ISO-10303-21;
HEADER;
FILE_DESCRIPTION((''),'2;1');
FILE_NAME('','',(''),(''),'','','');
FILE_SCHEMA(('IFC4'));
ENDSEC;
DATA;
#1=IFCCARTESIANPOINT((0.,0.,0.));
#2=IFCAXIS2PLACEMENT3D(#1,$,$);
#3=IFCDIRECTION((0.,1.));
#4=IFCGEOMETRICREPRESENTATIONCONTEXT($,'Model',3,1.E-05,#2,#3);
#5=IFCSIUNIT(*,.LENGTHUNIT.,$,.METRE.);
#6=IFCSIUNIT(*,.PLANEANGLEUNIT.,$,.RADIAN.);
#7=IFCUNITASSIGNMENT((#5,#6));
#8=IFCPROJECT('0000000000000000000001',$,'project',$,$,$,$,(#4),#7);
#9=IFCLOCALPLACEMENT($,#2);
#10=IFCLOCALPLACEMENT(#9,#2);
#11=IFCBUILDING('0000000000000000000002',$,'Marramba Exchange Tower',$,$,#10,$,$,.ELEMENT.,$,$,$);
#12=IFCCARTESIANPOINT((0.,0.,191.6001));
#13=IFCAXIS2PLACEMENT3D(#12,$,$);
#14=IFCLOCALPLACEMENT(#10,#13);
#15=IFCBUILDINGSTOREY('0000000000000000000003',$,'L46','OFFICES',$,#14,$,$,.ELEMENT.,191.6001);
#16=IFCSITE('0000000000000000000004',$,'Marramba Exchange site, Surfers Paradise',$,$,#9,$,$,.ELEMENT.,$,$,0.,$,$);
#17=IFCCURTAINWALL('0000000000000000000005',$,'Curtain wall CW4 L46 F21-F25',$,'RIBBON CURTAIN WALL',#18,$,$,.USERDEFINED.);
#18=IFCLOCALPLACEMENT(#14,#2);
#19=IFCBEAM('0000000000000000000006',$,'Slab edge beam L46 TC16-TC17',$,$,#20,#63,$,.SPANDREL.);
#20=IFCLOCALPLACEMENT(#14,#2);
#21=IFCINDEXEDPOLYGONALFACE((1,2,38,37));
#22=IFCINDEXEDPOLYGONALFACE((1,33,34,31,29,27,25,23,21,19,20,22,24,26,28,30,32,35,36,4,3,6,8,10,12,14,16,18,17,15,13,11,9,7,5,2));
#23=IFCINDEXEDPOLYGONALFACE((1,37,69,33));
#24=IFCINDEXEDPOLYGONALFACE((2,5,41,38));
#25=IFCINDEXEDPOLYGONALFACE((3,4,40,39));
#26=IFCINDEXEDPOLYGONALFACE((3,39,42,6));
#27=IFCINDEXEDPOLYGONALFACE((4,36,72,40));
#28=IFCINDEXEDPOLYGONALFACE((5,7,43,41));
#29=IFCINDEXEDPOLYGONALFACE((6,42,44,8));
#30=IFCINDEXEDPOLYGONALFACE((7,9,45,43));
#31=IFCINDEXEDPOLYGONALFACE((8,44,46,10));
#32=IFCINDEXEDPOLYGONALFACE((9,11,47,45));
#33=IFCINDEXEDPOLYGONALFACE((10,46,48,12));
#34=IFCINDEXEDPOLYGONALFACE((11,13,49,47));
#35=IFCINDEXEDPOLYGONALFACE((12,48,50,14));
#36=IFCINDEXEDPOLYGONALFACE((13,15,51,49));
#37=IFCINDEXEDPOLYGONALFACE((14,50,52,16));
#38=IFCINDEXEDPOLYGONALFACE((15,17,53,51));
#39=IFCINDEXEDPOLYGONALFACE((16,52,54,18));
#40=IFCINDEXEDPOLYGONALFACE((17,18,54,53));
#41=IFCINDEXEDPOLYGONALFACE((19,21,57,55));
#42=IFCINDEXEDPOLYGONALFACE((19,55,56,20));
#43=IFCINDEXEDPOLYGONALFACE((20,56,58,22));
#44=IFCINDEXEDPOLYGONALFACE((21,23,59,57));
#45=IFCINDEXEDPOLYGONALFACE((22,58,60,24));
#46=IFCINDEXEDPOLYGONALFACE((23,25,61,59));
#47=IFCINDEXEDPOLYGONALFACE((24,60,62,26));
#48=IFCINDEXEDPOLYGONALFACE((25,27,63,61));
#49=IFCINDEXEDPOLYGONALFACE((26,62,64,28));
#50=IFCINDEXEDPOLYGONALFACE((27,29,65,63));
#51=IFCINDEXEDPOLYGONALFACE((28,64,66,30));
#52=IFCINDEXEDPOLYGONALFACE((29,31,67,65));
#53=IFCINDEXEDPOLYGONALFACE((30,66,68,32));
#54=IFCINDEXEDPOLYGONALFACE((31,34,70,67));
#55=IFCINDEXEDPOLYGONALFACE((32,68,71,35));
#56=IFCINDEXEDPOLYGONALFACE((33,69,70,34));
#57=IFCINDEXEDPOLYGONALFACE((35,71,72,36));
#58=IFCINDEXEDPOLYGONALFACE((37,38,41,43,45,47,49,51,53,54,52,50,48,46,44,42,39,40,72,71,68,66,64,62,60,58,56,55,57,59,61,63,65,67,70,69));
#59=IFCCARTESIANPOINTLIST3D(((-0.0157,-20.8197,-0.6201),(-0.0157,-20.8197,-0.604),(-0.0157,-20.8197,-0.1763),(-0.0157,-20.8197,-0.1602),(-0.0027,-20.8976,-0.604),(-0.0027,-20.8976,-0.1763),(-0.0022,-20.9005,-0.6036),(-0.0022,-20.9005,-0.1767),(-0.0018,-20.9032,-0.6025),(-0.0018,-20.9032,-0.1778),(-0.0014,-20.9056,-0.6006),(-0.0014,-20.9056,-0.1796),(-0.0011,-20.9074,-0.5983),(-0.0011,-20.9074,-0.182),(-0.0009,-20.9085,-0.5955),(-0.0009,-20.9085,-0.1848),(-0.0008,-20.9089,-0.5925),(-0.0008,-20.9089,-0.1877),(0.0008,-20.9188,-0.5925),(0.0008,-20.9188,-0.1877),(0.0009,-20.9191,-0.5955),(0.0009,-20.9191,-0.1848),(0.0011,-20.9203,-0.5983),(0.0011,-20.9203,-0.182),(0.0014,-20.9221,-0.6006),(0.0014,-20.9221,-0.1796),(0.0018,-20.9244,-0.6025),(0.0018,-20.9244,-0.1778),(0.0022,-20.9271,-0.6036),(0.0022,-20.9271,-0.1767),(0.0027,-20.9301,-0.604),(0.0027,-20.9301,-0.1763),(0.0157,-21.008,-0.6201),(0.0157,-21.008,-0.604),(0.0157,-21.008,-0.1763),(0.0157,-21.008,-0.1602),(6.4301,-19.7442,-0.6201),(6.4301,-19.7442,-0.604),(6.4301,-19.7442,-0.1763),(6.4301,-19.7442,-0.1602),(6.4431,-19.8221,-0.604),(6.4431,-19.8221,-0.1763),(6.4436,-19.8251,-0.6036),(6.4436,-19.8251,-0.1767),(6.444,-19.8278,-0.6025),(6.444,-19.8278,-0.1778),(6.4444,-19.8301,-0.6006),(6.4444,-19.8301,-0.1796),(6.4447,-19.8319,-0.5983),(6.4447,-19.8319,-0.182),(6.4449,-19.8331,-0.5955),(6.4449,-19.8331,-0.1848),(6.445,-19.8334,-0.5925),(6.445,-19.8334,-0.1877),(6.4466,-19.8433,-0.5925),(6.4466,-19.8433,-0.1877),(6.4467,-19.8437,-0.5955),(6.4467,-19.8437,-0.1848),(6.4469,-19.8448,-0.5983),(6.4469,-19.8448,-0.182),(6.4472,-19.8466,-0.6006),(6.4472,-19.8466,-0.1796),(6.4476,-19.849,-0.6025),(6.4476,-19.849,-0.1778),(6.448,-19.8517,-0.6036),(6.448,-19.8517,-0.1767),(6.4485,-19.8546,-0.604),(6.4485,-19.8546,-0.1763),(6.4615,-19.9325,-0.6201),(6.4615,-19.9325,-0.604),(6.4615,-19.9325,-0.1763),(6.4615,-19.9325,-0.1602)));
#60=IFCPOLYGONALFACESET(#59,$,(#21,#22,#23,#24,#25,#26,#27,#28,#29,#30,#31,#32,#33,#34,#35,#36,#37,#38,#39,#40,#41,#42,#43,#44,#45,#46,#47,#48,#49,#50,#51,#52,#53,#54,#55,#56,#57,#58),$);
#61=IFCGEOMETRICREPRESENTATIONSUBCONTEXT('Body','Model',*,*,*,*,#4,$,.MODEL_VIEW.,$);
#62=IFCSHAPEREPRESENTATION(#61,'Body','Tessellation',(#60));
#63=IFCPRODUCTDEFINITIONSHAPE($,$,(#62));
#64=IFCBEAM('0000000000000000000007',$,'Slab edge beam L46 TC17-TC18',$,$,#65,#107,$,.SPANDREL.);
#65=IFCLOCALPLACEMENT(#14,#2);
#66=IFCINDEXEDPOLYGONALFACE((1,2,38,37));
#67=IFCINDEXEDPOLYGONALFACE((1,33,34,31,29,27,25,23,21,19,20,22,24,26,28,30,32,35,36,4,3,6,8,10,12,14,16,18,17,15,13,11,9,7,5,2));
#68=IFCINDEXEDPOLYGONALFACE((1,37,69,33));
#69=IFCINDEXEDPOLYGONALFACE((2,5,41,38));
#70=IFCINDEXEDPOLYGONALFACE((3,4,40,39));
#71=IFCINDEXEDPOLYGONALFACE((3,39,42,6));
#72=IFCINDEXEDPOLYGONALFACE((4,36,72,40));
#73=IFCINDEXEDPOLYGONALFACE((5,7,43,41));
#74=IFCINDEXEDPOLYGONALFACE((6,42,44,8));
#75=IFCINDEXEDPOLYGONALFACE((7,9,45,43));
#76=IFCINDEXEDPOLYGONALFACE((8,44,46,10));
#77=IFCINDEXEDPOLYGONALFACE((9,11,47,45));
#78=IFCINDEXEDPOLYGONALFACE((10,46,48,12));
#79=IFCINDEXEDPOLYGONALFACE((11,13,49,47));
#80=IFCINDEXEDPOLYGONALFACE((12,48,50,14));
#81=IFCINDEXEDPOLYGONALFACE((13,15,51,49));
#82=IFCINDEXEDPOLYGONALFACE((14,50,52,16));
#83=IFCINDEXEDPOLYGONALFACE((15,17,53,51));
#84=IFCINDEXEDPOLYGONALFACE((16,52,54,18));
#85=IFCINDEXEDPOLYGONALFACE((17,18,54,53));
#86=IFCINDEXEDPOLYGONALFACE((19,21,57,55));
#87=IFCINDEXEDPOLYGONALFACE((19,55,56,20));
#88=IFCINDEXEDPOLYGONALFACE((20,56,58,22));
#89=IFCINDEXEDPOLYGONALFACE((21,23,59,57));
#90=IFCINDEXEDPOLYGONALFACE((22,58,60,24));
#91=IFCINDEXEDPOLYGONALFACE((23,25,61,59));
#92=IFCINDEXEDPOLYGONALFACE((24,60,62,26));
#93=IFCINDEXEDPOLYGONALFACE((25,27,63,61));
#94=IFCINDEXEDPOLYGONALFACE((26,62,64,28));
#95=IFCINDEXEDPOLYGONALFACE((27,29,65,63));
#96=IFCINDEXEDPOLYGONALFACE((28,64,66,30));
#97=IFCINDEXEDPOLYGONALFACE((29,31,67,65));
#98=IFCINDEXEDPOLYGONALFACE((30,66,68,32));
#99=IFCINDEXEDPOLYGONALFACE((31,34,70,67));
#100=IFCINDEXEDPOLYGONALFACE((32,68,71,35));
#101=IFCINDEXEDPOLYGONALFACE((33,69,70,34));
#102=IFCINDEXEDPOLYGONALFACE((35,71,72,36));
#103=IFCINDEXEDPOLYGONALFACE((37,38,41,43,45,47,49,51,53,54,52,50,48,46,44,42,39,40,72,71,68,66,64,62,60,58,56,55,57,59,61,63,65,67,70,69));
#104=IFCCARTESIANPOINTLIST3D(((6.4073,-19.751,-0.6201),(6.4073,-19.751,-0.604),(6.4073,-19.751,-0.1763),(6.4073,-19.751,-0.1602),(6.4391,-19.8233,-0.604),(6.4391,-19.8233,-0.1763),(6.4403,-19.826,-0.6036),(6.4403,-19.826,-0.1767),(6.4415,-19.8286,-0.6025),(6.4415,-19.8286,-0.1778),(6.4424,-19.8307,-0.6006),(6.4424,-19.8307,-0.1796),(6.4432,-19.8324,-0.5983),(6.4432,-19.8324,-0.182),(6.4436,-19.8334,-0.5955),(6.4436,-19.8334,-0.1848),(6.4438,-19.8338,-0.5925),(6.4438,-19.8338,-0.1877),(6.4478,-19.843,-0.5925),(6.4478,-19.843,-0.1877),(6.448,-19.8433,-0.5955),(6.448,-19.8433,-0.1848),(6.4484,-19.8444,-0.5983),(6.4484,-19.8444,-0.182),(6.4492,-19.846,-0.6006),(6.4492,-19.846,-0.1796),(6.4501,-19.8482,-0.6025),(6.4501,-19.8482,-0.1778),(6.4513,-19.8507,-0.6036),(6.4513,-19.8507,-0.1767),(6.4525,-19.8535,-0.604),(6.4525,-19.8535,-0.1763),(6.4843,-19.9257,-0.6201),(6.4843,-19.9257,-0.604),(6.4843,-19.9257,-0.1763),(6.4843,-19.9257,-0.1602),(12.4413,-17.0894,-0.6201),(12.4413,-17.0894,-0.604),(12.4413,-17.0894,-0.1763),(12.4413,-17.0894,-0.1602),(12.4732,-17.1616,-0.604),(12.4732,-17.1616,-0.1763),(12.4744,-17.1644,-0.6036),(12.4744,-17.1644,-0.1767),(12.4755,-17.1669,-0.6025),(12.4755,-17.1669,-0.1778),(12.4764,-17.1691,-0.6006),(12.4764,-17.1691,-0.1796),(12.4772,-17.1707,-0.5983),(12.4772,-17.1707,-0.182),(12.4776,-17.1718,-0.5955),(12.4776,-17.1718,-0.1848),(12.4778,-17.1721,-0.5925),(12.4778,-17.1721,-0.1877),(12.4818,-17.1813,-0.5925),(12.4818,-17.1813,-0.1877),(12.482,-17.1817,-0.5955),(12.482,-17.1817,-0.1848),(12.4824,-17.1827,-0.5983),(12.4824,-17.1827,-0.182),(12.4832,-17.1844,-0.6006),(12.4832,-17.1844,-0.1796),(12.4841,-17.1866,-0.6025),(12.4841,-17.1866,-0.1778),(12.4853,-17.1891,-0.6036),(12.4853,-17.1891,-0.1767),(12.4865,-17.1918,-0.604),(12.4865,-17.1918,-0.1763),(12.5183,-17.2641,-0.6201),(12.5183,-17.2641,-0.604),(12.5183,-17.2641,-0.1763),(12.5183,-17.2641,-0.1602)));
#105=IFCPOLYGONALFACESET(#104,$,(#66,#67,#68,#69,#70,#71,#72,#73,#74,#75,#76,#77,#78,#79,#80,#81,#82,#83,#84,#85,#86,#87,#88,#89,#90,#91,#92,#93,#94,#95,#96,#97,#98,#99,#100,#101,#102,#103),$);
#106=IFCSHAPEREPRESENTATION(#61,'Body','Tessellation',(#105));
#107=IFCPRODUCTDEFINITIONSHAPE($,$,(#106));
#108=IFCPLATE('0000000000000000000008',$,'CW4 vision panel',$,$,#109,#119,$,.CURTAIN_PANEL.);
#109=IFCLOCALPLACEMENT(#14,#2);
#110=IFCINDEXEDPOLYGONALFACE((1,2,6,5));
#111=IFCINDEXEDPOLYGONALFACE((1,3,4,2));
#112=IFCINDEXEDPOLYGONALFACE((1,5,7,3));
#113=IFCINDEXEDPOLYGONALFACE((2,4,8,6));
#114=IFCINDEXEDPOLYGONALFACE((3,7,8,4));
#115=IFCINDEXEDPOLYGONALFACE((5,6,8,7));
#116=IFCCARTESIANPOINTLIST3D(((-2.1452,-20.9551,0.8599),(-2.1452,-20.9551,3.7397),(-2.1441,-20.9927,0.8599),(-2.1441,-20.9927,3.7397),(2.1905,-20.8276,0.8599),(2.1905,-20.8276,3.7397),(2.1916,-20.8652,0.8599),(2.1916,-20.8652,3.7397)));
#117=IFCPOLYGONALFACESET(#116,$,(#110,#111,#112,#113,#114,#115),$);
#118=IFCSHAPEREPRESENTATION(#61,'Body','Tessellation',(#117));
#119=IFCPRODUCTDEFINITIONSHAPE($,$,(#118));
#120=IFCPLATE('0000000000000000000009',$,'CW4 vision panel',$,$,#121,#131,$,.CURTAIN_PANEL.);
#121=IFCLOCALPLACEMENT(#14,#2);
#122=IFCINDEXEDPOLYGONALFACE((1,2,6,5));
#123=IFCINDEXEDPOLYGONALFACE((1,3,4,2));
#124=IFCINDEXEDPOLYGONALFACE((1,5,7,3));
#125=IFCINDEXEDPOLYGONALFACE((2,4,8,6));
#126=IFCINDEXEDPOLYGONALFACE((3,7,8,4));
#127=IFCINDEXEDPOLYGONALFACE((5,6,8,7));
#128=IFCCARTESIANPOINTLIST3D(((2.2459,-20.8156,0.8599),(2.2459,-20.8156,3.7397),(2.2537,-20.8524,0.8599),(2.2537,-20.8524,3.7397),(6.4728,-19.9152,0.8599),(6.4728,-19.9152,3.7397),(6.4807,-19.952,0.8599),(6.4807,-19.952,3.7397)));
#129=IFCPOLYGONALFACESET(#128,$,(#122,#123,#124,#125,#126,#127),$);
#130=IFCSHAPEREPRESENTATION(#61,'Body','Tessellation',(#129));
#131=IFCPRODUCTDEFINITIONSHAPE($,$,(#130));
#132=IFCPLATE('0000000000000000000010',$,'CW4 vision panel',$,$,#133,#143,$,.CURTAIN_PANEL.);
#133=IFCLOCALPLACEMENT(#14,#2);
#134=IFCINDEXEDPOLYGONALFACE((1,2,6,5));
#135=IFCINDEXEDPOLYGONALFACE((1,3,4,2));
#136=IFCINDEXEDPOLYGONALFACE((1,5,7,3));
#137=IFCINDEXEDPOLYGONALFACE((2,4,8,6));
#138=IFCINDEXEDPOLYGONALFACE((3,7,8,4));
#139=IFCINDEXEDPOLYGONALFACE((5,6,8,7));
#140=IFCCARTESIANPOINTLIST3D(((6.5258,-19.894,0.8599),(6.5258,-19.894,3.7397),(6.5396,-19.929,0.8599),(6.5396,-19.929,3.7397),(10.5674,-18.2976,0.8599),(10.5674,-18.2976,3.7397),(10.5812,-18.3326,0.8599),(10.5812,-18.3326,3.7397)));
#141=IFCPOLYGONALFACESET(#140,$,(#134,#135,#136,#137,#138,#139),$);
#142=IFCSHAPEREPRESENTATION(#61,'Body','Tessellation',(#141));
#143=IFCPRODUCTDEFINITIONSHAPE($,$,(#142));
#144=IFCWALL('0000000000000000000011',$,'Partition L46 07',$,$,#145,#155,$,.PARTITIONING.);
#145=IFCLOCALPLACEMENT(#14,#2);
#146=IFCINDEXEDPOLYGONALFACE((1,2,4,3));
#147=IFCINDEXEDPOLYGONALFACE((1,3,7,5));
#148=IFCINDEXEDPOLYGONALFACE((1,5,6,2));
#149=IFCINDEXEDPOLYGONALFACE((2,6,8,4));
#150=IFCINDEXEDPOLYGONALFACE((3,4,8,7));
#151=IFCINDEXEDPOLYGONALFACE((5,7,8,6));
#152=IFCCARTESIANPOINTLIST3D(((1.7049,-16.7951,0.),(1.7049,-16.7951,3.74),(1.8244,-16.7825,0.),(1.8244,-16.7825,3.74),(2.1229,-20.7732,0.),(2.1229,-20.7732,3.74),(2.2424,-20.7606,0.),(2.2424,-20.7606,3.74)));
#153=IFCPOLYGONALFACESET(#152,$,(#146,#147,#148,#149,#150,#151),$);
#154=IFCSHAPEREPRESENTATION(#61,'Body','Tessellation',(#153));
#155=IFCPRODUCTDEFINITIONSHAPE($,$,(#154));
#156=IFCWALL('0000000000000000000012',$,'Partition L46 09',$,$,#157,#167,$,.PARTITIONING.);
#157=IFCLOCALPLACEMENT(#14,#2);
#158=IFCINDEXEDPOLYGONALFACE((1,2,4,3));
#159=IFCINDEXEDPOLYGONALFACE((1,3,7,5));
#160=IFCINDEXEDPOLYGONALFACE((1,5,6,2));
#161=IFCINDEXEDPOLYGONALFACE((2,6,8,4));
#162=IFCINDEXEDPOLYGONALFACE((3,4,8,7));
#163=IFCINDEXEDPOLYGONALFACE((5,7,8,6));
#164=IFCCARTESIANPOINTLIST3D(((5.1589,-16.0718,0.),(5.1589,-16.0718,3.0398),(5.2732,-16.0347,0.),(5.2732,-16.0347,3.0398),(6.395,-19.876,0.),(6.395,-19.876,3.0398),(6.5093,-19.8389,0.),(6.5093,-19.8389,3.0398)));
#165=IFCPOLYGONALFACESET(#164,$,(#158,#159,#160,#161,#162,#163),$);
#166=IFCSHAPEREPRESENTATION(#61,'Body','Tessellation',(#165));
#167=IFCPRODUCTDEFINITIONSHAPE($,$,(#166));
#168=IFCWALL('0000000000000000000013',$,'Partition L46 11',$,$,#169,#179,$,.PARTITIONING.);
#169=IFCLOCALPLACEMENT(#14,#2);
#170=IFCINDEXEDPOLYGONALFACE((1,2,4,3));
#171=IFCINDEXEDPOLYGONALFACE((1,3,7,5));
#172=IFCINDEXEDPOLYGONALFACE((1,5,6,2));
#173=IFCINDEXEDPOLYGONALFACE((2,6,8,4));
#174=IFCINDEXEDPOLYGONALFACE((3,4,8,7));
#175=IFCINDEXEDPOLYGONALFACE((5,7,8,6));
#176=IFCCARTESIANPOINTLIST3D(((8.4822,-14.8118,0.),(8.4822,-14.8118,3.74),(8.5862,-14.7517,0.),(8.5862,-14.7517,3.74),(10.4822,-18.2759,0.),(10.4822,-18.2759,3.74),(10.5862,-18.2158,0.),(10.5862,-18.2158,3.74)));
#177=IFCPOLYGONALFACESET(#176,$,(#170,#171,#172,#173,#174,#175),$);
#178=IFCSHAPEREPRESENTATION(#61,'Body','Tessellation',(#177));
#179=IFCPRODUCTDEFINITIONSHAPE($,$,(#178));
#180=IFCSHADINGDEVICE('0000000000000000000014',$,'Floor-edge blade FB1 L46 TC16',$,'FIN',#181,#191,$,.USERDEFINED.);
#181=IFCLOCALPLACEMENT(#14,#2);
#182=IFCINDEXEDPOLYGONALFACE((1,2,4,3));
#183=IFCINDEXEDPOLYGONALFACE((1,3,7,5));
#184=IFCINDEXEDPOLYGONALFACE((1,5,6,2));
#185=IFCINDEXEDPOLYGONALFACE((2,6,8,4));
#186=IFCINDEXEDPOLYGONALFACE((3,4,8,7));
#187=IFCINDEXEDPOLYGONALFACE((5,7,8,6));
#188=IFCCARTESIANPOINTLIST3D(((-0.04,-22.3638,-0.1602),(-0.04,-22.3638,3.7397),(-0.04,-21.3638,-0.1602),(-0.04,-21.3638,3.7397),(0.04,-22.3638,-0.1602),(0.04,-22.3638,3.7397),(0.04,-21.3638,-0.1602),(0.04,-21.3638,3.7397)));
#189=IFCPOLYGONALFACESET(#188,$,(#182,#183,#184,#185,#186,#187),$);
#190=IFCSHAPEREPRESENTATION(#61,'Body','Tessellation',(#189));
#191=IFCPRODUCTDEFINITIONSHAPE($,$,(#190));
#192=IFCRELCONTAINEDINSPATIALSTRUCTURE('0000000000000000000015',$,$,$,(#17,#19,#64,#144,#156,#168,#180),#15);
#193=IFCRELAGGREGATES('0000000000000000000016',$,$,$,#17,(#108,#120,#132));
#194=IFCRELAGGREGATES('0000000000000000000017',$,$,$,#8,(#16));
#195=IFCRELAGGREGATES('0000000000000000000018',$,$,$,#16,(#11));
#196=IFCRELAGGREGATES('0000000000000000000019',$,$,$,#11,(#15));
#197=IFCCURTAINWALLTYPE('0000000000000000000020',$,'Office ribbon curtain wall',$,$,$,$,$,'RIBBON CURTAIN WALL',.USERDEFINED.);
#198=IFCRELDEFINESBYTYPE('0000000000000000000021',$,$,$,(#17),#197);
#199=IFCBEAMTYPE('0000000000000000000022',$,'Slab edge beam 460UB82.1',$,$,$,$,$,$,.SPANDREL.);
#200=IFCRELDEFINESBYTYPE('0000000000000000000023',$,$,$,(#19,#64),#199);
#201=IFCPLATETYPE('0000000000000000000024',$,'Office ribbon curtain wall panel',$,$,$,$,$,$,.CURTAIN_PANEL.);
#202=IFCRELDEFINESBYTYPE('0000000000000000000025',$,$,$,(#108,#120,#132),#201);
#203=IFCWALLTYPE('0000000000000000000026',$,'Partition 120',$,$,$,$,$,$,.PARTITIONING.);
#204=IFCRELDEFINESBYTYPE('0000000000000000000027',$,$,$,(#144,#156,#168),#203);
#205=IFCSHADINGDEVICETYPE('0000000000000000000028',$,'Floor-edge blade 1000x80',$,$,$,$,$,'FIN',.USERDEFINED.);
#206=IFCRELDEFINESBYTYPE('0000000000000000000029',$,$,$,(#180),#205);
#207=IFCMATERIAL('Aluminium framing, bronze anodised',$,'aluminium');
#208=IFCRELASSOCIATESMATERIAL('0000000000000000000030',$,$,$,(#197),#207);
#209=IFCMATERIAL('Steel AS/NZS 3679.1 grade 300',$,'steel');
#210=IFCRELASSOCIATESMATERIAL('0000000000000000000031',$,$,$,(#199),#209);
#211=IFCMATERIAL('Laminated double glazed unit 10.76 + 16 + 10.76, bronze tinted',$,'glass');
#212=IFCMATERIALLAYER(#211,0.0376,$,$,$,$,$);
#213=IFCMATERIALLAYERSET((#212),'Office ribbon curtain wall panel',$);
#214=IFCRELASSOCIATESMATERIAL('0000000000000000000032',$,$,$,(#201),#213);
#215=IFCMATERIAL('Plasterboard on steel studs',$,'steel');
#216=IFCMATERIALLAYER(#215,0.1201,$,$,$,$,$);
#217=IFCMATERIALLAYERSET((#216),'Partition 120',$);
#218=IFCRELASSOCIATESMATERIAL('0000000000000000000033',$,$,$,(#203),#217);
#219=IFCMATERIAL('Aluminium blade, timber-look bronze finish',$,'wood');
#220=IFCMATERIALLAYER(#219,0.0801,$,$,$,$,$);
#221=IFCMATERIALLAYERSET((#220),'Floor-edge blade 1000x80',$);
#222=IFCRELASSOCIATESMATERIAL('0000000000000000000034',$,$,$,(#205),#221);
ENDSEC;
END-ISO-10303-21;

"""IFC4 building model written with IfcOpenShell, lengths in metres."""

from ifc_helpers import new_model, si_unit, direction, frame, frame_2d, origin, origin_2d, place, context, subcontext, project, spatial, rectangle, i_section, extrude, material, layer, layer_set, material_profile, profile_set, type_object, element, aggregate, save


model = new_model("IFC4")

# Units and contexts
model_context = context("Model", 3, precision=1e-05, world=origin(), true_north=direction((0.0, 1.0)))
body_context = subcontext(model_context, "Body", "Model", "MODEL_VIEW")
ifc_project = project(units=[si_unit("LENGTHUNIT", "METRE"), si_unit("PLANEANGLEUNIT", "RADIAN")], contexts=[model_context])

# Site, building, storey
site_placement = place(None, origin())
site = spatial("IfcSite", under=ifc_project, at=site_placement, Name="Marramba Exchange site, Surfers Paradise", CompositionType="ELEMENT", RefElevation=0.0)
building_placement = place(site_placement, origin())
building = spatial("IfcBuilding", under=site, at=building_placement, Name="Marramba Exchange Tower", CompositionType="ELEMENT")
storey_placement = place(building_placement, frame((0.0, 0.0, 191.6001)))
storey = spatial("IfcBuildingStorey", under=building, at=storey_placement, Name="L46", Description="OFFICES", CompositionType="ELEMENT", Elevation=191.6001)

# Shared definitions
ifc_material_1 = material(Name="Steel AS/NZS 3679.1 grade 300", Category="steel")

# Curtain wall
ifc_material_2 = material(Name="Aluminium framing, bronze anodised", Category="aluminium")
curtain_wall_type = type_object("IfcCurtainWallType", Name="Office ribbon curtain wall", ElementType="RIBBON CURTAIN WALL", PredefinedType="USERDEFINED", material=ifc_material_2)
curtain_wall_1_placement = place(storey_placement, origin())
curtain_wall_1 = element("IfcCurtainWall", 1, at=curtain_wall_1_placement, inside=storey, type_object=curtain_wall_type, Name="Curtain wall CW4 L46 F21-F25", ObjectType="RIBBON CURTAIN WALL", PredefinedType="USERDEFINED")

# Beams
ifc_material_profile_1 = material_profile(ifc_material_1, i_section(OverallWidth=0.1909, OverallDepth=0.46, WebThickness=0.01, FlangeThickness=0.0161, FilletRadius=0.0115, at=origin_2d()), Name="460UB82.1")
ifc_profile_set_1 = profile_set([ifc_material_profile_1], Name="Steel AS/NZS 3679.1 grade 300")
beam_type_1 = type_object("IfcBeamType", Name="Slab edge beam 460UB82.1", PredefinedType="SPANDREL", material=ifc_profile_set_1)
beam_1_placement = place(storey_placement, frame((0.0, -20.9138, -0.3901), z_axis=(0.986366, 0.164569, 0.0), x_axis=(-0.164569, 0.986366, 0.0)))
element("IfcBeam", 2, at=beam_1_placement, inside=storey, type_object=beam_type_1, Name="Slab edge beam L46 TC16-TC17", PredefinedType="SPANDREL", context=body_context, shape_type="SweptSolid", body=[
    extrude(i_section(OverallWidth=0.1909, OverallDepth=0.46, WebThickness=0.01, FlangeThickness=0.0161, FilletRadius=0.0115, at=origin_2d()), origin(), (0.0, 0.0, 1.0), 6.5349),
])
beam_2_placement = place(storey_placement, frame((6.4458, -19.8384, -0.3901), z_axis=(0.914941, 0.403588, 0.0), x_axis=(-0.403588, 0.914941, 0.0)))
element("IfcBeam", 3, at=beam_2_placement, inside=storey, type_object=beam_type_1, Name="Slab edge beam L46 TC17-TC18", PredefinedType="SPANDREL", context=body_context, shape_type="SweptSolid", body=[
    extrude(i_section(OverallWidth=0.1909, OverallDepth=0.46, WebThickness=0.01, FlangeThickness=0.0161, FilletRadius=0.0115, at=origin_2d()), origin(), (0.0, 0.0, 1.0), 6.595),
])

# Plates
ifc_material_3 = material(Name="Laminated double glazed unit 10.76 + 16 + 10.76, bronze tinted", Category="glass")
ifc_layer_1 = layer(ifc_material_3, 0.0376)
ifc_layer_set_1 = layer_set([ifc_layer_1], Name="Office ribbon curtain wall panel")
plate_type = type_object("IfcPlateType", Name="Office ribbon curtain wall panel", PredefinedType="CURTAIN_PANEL", material=ifc_layer_set_1)
plate_1_placement = place(storey_placement, frame((0.0232, -20.9102, 0.8599), z_axis=(0.0, 0.0, 1.0), x_axis=(0.999568, 0.029393, 0.0)))
plate_1 = element("IfcPlate", 4, at=plate_1_placement, type_object=plate_type, Name="CW4 vision panel", PredefinedType="CURTAIN_PANEL", context=body_context, shape_type="SweptSolid", body=[
    extrude(rectangle(XDim=4.3376, YDim=0.0376, at=origin_2d()), origin(), (0.0, 0.0, 1.0), 2.8799),
])
plate_2_placement = place(storey_placement, frame((4.3633, -20.3838, 0.8599), z_axis=(0.0, 0.0, 1.0), x_axis=(0.978058, 0.208332, 0.0)))
plate_2 = element("IfcPlate", 5, at=plate_2_placement, type_object=plate_type, Name="CW4 vision panel", PredefinedType="CURTAIN_PANEL", context=body_context, shape_type="SweptSolid", body=[
    extrude(rectangle(XDim=4.3218, YDim=0.0376, at=origin_2d()), origin(), (0.0, 0.0, 1.0), 2.8799),
])
plate_3_placement = place(storey_placement, frame((8.5535, -19.1133, 0.8599), z_axis=(0.0, 0.0, 1.0), x_axis=(0.930073, 0.367375, 0.0)))
plate_3 = element("IfcPlate", 6, at=plate_3_placement, type_object=plate_type, Name="CW4 vision panel", PredefinedType="CURTAIN_PANEL", context=body_context, shape_type="SweptSolid", body=[
    extrude(rectangle(XDim=4.3455, YDim=0.0376, at=origin_2d()), origin(), (0.0, 0.0, 1.0), 2.8799),
])
aggregate(curtain_wall_1, [plate_1, plate_2, plate_3])

# Wall
ifc_material_4 = material(Name="Plasterboard on steel studs", Category="steel")
ifc_layer_2 = layer(ifc_material_4, 0.1201)
ifc_layer_set_2 = layer_set([ifc_layer_2], Name="Partition 120")
wall_type = type_object("IfcWallType", Name="Partition 120", PredefinedType="PARTITIONING", material=ifc_layer_set_2)
wall_1_placement = place(storey_placement, frame((1.7646, -16.7888, 0.0), z_axis=(0.0, 0.0, 1.0), x_axis=(0.104494, -0.994526, 0.0)))
element("IfcWall", 7, at=wall_1_placement, inside=storey, type_object=wall_type, Name="Partition L46 07", PredefinedType="PARTITIONING", context=body_context, shape_type="SweptSolid", body=[
    extrude(rectangle(XDim=4.0, YDim=0.1201, at=frame_2d((2.0, 0.0))), origin(), (0.0, 0.0, 1.0), 3.74),
])

# Walls
wall_2_placement = place(storey_placement, frame((5.2161, -16.0532, 0.0), z_axis=(0.0, 0.0, 1.0), x_axis=(0.309023, -0.951055, 0.0)))
element("IfcWall", 8, at=wall_2_placement, inside=storey, type_object=wall_type, Name="Partition L46 09", PredefinedType="PARTITIONING", context=body_context, shape_type="SweptSolid", body=[
    extrude(rectangle(XDim=4.0, YDim=0.1201, at=frame_2d((2.0, 0.0))), origin(), (0.0, 0.0, 1.0), 3.0398),
])
wall_3_placement = place(storey_placement, frame((10.5342, -18.2458, 0.0), z_axis=(0.0, 0.0, 1.0), x_axis=(-0.499999, 0.866026, 0.0)))
element("IfcWall", 9, at=wall_3_placement, inside=storey, type_object=wall_type, Name="Partition L46 11", PredefinedType="PARTITIONING", context=body_context, shape_type="SweptSolid", body=[
    extrude(rectangle(XDim=4.0, YDim=0.1201, at=frame_2d((2.0, 0.0))), origin(), (0.0, 0.0, 1.0), 3.74),
])

# Shading device
ifc_material_5 = material(Name="Aluminium blade, timber-look bronze finish", Category="wood")
ifc_layer_3 = layer(ifc_material_5, 0.0801)
ifc_layer_set_3 = layer_set([ifc_layer_3], Name="Floor-edge blade 1000x80")
shading_device_type_1 = type_object("IfcShadingDeviceType", Name="Floor-edge blade 1000x80", ElementType="FIN", PredefinedType="USERDEFINED", material=ifc_layer_set_3)
for number, where, z_axis, x_axis, name in (
    (10, (0.0, -21.8638, -0.1602), (0.0, 0.0, 1.0), (0.0, -1.0, 0.0), "Floor-edge blade FB1 L46 TC16"),
):
    element("IfcShadingDevice", number, at=place(storey_placement, frame(where, z_axis=z_axis, x_axis=x_axis)), inside=storey, type_object=shading_device_type_1, Name=name, ObjectType="FIN", PredefinedType="USERDEFINED", context=body_context, shape_type="SweptSolid", body=[
        extrude(rectangle(XDim=1.0, YDim=0.0801, at=origin_2d()), origin(), (0.0, 0.0, 1.0), 3.8999),
    ])

save(model, "model.ifc")
